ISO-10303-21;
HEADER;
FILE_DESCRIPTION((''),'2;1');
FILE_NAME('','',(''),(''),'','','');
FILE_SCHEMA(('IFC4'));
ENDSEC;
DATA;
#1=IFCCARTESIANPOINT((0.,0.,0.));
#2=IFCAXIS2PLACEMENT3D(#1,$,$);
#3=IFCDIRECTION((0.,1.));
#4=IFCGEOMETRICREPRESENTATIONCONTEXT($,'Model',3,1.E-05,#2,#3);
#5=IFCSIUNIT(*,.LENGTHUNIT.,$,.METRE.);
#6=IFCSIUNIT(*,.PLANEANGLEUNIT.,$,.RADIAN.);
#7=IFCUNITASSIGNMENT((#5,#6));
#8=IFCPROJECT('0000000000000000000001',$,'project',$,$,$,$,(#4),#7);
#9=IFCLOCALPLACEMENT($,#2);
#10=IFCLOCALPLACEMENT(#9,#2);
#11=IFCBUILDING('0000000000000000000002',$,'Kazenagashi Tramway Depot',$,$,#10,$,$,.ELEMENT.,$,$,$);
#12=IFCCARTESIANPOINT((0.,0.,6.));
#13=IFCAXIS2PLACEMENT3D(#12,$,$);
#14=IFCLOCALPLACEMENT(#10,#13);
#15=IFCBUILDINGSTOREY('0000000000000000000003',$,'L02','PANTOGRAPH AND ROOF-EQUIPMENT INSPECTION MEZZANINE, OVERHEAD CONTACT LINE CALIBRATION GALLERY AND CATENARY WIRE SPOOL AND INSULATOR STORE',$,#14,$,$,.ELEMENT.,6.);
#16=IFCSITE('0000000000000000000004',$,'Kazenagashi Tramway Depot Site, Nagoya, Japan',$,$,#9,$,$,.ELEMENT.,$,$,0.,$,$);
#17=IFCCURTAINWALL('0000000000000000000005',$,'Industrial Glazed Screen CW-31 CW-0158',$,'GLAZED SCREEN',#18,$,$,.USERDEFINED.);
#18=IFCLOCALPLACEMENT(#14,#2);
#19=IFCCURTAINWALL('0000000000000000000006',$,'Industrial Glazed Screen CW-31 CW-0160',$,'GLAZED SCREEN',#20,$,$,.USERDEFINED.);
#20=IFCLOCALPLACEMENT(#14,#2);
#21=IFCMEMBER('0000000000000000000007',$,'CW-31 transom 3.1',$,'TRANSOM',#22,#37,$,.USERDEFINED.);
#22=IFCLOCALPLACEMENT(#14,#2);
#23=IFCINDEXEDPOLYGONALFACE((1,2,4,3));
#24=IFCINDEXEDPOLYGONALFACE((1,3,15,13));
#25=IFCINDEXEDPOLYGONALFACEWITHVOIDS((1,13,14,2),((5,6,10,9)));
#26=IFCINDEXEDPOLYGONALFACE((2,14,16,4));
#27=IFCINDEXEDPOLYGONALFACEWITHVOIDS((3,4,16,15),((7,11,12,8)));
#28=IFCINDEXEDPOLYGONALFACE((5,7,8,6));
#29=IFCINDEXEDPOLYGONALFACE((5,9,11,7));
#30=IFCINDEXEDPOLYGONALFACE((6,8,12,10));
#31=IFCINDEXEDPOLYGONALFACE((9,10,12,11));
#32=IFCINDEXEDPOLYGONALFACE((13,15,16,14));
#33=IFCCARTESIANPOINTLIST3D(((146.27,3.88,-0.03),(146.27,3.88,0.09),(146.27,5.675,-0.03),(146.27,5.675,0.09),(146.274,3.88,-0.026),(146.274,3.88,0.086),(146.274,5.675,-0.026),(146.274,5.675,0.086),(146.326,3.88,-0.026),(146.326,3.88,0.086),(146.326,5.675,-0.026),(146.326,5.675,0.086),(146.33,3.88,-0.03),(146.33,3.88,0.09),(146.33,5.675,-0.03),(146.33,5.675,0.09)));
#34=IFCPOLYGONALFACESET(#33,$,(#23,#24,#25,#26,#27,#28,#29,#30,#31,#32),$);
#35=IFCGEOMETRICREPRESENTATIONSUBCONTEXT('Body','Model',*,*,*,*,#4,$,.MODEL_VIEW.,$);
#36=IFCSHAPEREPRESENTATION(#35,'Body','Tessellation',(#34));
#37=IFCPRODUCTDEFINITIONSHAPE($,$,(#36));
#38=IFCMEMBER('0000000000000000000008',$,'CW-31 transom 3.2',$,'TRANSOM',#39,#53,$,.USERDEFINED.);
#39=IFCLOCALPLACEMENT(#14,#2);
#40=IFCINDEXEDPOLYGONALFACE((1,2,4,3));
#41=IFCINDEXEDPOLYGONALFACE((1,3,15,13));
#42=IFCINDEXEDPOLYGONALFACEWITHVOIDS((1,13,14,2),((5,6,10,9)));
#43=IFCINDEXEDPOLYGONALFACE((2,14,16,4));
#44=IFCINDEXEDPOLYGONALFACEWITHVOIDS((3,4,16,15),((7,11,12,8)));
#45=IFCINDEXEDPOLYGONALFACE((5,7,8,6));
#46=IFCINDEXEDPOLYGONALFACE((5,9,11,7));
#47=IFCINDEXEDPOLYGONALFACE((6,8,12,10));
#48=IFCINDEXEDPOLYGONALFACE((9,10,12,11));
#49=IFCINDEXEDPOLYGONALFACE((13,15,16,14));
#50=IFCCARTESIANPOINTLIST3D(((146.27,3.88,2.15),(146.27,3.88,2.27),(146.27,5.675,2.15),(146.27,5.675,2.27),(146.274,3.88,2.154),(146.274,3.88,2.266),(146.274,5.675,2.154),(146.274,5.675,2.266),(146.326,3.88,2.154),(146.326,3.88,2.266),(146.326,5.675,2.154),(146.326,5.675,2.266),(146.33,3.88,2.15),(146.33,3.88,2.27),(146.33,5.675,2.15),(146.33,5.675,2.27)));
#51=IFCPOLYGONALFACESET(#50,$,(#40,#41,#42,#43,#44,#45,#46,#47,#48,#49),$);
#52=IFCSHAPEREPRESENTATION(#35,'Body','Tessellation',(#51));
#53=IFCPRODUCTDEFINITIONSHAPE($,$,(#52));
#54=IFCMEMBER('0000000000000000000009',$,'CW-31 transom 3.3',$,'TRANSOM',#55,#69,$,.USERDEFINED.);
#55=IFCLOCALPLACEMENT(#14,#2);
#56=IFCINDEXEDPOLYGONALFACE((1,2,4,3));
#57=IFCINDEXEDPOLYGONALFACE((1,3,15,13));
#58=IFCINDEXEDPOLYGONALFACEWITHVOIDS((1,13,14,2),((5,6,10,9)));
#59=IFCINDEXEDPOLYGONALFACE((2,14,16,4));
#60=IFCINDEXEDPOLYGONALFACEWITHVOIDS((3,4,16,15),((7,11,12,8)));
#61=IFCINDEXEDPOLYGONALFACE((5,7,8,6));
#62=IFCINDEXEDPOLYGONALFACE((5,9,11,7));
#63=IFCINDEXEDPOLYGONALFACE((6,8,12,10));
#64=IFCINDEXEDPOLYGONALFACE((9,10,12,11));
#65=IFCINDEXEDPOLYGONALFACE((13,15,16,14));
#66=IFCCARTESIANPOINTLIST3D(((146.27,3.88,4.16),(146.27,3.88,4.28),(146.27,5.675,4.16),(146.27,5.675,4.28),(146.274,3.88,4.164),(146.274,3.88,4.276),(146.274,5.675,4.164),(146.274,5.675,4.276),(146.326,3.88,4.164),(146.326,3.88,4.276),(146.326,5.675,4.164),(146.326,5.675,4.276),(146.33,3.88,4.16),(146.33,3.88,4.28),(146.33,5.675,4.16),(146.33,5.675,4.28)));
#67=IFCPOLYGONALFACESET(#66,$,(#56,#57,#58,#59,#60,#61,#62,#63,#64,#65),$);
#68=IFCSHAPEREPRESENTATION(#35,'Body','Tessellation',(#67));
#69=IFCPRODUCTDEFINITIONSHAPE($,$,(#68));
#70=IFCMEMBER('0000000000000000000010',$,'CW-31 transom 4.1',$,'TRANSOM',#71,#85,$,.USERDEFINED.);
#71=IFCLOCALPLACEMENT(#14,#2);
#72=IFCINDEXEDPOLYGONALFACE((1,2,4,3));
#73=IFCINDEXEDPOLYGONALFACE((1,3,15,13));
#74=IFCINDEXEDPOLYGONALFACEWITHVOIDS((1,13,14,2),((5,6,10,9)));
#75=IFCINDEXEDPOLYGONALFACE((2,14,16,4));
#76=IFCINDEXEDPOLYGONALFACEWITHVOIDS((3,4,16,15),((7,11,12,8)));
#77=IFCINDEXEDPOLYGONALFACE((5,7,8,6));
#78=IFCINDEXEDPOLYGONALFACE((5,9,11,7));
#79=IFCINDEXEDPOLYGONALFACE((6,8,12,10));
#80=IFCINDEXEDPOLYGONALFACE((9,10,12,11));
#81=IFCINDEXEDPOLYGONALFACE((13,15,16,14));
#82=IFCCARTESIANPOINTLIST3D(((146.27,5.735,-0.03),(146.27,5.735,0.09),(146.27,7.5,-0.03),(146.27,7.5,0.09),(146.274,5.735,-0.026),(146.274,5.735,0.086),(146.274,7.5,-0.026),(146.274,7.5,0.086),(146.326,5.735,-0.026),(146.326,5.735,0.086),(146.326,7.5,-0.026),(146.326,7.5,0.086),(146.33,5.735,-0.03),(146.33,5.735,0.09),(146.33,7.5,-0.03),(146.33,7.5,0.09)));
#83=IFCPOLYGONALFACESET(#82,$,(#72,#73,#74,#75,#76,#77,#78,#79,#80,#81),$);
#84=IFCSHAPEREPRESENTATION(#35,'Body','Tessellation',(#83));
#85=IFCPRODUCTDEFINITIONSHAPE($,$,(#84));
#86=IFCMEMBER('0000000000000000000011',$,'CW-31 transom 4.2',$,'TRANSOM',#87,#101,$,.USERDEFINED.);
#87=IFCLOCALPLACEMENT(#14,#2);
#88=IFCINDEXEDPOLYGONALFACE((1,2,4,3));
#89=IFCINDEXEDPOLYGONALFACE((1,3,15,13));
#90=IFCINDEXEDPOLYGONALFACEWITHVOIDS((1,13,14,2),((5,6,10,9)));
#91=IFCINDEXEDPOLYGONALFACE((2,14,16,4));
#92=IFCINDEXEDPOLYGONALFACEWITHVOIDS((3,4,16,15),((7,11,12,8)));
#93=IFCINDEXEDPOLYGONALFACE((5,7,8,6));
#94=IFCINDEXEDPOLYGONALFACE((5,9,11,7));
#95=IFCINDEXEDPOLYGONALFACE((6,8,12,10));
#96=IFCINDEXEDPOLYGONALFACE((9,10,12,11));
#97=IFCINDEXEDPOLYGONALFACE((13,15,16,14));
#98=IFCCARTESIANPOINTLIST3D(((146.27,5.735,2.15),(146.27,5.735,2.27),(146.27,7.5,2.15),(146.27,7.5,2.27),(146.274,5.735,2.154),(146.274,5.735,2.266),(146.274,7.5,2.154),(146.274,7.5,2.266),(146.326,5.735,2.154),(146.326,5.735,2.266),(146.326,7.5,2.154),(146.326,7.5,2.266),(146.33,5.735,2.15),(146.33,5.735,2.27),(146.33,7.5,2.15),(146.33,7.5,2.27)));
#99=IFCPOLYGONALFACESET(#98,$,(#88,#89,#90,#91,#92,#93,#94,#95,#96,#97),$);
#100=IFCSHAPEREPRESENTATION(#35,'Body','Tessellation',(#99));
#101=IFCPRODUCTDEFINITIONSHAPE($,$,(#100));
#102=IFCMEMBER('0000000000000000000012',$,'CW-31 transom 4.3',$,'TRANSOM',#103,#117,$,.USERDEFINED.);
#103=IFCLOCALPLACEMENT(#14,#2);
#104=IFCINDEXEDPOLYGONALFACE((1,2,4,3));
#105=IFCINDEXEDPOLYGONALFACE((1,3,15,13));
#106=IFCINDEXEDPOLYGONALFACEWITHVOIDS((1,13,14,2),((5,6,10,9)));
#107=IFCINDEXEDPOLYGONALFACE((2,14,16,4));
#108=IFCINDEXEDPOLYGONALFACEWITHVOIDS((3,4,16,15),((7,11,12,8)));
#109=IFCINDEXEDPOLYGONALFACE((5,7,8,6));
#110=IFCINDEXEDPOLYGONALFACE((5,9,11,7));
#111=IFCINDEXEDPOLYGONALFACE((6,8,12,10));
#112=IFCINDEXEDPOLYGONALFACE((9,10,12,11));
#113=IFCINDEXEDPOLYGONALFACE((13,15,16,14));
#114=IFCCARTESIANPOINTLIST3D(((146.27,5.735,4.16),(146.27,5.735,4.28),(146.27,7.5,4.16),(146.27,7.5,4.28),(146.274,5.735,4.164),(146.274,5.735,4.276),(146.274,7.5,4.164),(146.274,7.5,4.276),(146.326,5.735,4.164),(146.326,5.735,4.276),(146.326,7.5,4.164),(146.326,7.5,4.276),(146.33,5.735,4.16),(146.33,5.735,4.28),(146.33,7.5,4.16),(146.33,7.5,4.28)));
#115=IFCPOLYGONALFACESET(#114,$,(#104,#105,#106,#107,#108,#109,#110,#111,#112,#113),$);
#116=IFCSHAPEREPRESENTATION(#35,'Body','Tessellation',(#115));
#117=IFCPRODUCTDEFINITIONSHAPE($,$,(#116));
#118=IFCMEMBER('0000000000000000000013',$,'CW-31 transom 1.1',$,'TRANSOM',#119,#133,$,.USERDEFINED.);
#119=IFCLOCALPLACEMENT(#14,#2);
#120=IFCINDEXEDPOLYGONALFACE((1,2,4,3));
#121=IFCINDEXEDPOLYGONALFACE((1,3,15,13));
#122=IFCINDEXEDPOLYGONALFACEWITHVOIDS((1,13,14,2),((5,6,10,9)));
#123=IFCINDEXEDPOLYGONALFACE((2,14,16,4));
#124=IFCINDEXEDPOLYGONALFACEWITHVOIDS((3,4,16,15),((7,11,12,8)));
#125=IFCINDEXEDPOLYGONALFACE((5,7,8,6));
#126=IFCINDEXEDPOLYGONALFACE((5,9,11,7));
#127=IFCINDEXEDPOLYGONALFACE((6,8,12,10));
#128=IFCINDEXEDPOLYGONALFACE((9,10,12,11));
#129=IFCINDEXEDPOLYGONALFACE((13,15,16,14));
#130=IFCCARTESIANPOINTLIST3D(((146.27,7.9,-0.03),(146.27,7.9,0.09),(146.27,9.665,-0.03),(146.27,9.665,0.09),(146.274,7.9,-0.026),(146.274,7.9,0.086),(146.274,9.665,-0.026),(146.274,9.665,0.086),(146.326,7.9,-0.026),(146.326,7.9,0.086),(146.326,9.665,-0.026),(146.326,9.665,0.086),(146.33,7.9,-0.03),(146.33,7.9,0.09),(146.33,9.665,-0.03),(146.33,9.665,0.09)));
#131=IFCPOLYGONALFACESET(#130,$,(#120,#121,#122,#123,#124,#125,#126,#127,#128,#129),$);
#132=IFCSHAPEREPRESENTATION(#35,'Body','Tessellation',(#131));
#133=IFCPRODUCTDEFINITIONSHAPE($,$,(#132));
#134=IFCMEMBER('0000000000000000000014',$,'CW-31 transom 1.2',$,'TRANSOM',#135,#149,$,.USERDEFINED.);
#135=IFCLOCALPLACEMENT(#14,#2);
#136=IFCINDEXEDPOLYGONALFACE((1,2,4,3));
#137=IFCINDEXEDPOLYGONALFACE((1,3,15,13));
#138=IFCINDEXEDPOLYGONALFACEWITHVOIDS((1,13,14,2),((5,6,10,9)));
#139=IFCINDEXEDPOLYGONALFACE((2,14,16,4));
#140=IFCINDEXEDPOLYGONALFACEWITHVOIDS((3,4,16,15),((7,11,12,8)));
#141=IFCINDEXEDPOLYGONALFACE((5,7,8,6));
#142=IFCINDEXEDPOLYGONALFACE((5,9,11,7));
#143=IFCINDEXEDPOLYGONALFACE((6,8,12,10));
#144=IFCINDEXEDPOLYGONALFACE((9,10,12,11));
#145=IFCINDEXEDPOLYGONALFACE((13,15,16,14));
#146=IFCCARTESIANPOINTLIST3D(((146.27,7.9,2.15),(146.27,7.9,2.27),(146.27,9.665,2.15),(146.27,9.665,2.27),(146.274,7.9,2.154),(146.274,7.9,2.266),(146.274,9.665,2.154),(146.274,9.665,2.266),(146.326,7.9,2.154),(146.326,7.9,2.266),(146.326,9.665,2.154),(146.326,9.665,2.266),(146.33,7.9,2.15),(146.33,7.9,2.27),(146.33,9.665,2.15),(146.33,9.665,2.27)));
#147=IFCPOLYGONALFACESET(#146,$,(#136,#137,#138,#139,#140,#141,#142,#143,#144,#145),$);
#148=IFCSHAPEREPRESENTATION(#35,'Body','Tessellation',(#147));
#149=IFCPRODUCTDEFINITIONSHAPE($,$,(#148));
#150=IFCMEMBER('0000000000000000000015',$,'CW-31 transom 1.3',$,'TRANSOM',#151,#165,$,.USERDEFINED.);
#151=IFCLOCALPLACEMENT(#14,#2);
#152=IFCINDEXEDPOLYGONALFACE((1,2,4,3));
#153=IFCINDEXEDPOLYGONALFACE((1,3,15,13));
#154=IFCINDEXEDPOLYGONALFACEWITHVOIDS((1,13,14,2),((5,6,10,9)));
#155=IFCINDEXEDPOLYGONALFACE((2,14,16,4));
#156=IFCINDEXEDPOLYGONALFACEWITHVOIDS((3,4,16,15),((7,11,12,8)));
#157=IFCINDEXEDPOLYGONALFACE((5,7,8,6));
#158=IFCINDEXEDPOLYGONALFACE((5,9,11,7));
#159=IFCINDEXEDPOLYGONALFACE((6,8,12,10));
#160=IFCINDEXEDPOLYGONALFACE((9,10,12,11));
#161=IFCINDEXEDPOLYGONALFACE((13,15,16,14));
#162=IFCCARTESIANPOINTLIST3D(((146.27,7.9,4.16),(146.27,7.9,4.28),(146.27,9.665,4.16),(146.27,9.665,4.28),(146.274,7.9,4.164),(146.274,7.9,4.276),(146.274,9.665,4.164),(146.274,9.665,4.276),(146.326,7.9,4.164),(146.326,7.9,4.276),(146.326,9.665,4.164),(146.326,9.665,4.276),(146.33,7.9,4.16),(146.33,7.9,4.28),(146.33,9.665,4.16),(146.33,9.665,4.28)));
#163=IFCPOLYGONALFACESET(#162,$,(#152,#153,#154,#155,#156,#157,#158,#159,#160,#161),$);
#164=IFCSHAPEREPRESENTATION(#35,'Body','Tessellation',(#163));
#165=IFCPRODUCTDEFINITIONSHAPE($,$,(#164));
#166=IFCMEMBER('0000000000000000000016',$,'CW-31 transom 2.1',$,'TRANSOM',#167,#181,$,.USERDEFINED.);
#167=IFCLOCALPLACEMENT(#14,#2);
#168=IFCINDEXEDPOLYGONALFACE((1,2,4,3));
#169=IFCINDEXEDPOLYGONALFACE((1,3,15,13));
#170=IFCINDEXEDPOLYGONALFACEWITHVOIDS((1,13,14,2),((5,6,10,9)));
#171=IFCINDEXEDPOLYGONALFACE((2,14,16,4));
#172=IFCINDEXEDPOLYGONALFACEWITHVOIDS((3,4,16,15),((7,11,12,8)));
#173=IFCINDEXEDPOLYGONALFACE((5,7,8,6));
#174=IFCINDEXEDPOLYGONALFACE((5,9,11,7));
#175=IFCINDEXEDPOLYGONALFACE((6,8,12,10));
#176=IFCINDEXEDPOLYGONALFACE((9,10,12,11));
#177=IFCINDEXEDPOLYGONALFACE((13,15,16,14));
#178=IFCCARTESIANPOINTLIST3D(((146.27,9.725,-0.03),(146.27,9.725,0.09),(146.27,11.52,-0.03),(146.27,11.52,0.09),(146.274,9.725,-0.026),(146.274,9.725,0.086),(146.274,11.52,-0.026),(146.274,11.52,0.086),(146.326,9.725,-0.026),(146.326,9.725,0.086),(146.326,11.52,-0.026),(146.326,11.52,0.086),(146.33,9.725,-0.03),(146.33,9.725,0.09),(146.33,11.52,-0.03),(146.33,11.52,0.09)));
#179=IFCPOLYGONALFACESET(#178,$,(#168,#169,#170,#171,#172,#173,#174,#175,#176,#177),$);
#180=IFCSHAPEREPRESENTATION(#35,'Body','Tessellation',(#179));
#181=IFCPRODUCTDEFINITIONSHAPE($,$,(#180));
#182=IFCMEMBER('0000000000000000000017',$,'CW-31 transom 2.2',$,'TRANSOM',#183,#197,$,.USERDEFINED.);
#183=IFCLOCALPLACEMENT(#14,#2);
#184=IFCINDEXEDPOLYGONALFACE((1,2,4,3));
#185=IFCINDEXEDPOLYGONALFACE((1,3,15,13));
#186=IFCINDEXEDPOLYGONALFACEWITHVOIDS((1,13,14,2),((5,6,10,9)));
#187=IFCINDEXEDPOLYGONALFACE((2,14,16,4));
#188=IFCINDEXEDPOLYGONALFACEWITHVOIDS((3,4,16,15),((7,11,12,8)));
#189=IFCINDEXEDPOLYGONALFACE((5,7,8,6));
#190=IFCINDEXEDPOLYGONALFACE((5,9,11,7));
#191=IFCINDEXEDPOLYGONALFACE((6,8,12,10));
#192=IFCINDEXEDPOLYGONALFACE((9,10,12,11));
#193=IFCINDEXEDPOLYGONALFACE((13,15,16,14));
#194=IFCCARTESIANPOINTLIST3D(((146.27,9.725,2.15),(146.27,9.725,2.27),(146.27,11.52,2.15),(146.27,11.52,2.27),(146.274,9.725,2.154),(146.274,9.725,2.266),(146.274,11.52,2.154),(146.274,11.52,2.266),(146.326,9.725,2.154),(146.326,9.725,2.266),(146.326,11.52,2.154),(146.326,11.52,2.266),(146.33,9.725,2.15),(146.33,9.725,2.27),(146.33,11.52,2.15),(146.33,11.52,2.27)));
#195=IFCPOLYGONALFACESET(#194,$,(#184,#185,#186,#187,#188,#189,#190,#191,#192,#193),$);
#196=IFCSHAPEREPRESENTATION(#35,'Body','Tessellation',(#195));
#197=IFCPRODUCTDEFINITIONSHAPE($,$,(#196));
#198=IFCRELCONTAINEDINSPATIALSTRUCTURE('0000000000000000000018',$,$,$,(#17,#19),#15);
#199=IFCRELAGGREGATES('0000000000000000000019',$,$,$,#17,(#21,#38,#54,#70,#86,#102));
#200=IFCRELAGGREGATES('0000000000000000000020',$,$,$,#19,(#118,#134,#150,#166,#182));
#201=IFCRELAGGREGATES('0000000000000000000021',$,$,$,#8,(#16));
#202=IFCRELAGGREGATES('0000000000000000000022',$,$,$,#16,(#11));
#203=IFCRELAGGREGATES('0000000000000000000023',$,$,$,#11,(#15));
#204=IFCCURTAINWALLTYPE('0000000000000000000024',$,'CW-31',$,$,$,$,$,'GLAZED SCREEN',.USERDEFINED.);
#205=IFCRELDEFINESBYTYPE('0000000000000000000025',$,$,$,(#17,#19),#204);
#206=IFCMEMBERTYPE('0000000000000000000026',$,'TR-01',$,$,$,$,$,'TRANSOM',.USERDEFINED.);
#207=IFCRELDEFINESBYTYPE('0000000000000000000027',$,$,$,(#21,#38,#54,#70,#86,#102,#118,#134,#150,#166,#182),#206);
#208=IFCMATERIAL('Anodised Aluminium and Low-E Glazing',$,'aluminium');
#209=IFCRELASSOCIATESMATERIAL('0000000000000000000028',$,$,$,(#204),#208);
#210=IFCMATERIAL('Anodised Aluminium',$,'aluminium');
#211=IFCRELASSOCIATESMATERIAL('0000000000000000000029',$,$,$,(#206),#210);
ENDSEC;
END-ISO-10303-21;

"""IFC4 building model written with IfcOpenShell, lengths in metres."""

from ifc_helpers import new_model, si_unit, direction, frame, origin, origin_2d, place, context, subcontext, project, spatial, hollow_rectangle, extrude, material, material_profile, profile_set, type_object, element, aggregate, save


model = new_model("IFC4")

# Units and contexts
model_context = context("Model", 3, precision=1e-05, world=origin(), true_north=direction((0.0, 1.0)))
body_context = subcontext(model_context, "Body", "Model", "MODEL_VIEW")
ifc_project = project(units=[si_unit("LENGTHUNIT", "METRE"), si_unit("PLANEANGLEUNIT", "RADIAN")], contexts=[model_context])

# Site, building, storey
site_placement = place(None, origin())
site = spatial("IfcSite", under=ifc_project, at=site_placement, Name="Kazenagashi Tramway Depot Site, Nagoya, Japan", CompositionType="ELEMENT", RefElevation=0.0)
building_placement = place(site_placement, origin())
building = spatial("IfcBuilding", under=site, at=building_placement, Name="Kazenagashi Tramway Depot", CompositionType="ELEMENT")
storey_placement = place(building_placement, frame((0.0, 0.0, 6.0)))
storey = spatial("IfcBuildingStorey", under=building, at=storey_placement, Name="L02", Description="PANTOGRAPH AND ROOF-EQUIPMENT INSPECTION MEZZANINE, OVERHEAD CONTACT LINE CALIBRATION GALLERY AND CATENARY WIRE SPOOL AND INSULATOR STORE", CompositionType="ELEMENT", Elevation=6.0)

# Curtain walls
ifc_material_1 = material(Name="Anodised Aluminium and Low-E Glazing", Category="aluminium")
curtain_wall_type = type_object("IfcCurtainWallType", Name="CW-31", ElementType="GLAZED SCREEN", PredefinedType="USERDEFINED", material=ifc_material_1)
curtain_wall_1_placement = place(storey_placement, origin())
curtain_wall_1 = element("IfcCurtainWall", 1, at=curtain_wall_1_placement, inside=storey, type_object=curtain_wall_type, Name="Industrial Glazed Screen CW-31 CW-0158", ObjectType="GLAZED SCREEN", PredefinedType="USERDEFINED")
ifc_material_2 = material(Name="Anodised Aluminium", Category="aluminium")
curtain_wall_2_placement = place(storey_placement, origin())
curtain_wall_2 = element("IfcCurtainWall", 2, at=curtain_wall_2_placement, inside=storey, type_object=curtain_wall_type, Name="Industrial Glazed Screen CW-31 CW-0160", ObjectType="GLAZED SCREEN", PredefinedType="USERDEFINED")

# Members
ifc_material_profile_1 = material_profile(ifc_material_2, hollow_rectangle(XDim=0.06, YDim=0.12, WallThickness=0.004, at=origin_2d()), Name="RHS-120x60x4")
ifc_profile_set_1 = profile_set([ifc_material_profile_1], Name="Anodised Aluminium")
member_type_1 = type_object("IfcMemberType", Name="TR-01", ElementType="TRANSOM", PredefinedType="USERDEFINED", material=ifc_profile_set_1)
member_1_placement = place(storey_placement, frame((146.3, 3.88, 0.03), z_axis=(0.0, 1.0, 0.0), x_axis=(-1.0, 0.0, 0.0)))
member_1 = element("IfcMember", 3, at=member_1_placement, type_object=member_type_1, Name="CW-31 transom 3.1", ObjectType="TRANSOM", PredefinedType="USERDEFINED", context=body_context, shape_type="SweptSolid", body=[
    extrude(hollow_rectangle(XDim=0.06, YDim=0.12, WallThickness=0.004, at=origin_2d()), origin(), (0.0, 0.0, 1.0), 1.795),
])
member_2_placement = place(storey_placement, frame((146.3, 3.88, 2.21), z_axis=(0.0, 1.0, 0.0), x_axis=(-1.0, 0.0, 0.0)))
member_2 = element("IfcMember", 4, at=member_2_placement, type_object=member_type_1, Name="CW-31 transom 3.2", ObjectType="TRANSOM", PredefinedType="USERDEFINED", context=body_context, shape_type="SweptSolid", body=[
    extrude(hollow_rectangle(XDim=0.06, YDim=0.12, WallThickness=0.004, at=origin_2d()), origin(), (0.0, 0.0, 1.0), 1.795),
])
member_3_placement = place(storey_placement, frame((146.3, 3.88, 4.22), z_axis=(0.0, 1.0, 0.0), x_axis=(-1.0, 0.0, 0.0)))
member_3 = element("IfcMember", 5, at=member_3_placement, type_object=member_type_1, Name="CW-31 transom 3.3", ObjectType="TRANSOM", PredefinedType="USERDEFINED", context=body_context, shape_type="SweptSolid", body=[
    extrude(hollow_rectangle(XDim=0.06, YDim=0.12, WallThickness=0.004, at=origin_2d()), origin(), (0.0, 0.0, 1.0), 1.795),
])
member_4_placement = place(storey_placement, frame((146.3, 5.735, 0.03), z_axis=(0.0, 1.0, 0.0), x_axis=(-1.0, 0.0, 0.0)))
member_4 = element("IfcMember", 6, at=member_4_placement, type_object=member_type_1, Name="CW-31 transom 4.1", ObjectType="TRANSOM", PredefinedType="USERDEFINED", context=body_context, shape_type="SweptSolid", body=[
    extrude(hollow_rectangle(XDim=0.06, YDim=0.12, WallThickness=0.004, at=origin_2d()), origin(), (0.0, 0.0, 1.0), 1.765),
])
member_5_placement = place(storey_placement, frame((146.3, 5.735, 2.21), z_axis=(0.0, 1.0, 0.0), x_axis=(-1.0, 0.0, 0.0)))
member_5 = element("IfcMember", 7, at=member_5_placement, type_object=member_type_1, Name="CW-31 transom 4.2", ObjectType="TRANSOM", PredefinedType="USERDEFINED", context=body_context, shape_type="SweptSolid", body=[
    extrude(hollow_rectangle(XDim=0.06, YDim=0.12, WallThickness=0.004, at=origin_2d()), origin(), (0.0, 0.0, 1.0), 1.765),
])
member_6_placement = place(storey_placement, frame((146.3, 5.735, 4.22), z_axis=(0.0, 1.0, 0.0), x_axis=(-1.0, 0.0, 0.0)))
member_6 = element("IfcMember", 8, at=member_6_placement, type_object=member_type_1, Name="CW-31 transom 4.3", ObjectType="TRANSOM", PredefinedType="USERDEFINED", context=body_context, shape_type="SweptSolid", body=[
    extrude(hollow_rectangle(XDim=0.06, YDim=0.12, WallThickness=0.004, at=origin_2d()), origin(), (0.0, 0.0, 1.0), 1.765),
])
member_7_placement = place(storey_placement, frame((146.3, 7.9, 0.03), z_axis=(0.0, 1.0, 0.0), x_axis=(-1.0, 0.0, 0.0)))
member_7 = element("IfcMember", 9, at=member_7_placement, type_object=member_type_1, Name="CW-31 transom 1.1", ObjectType="TRANSOM", PredefinedType="USERDEFINED", context=body_context, shape_type="SweptSolid", body=[
    extrude(hollow_rectangle(XDim=0.06, YDim=0.12, WallThickness=0.004, at=origin_2d()), origin(), (0.0, 0.0, 1.0), 1.765),
])
member_8_placement = place(storey_placement, frame((146.3, 7.9, 2.21), z_axis=(0.0, 1.0, 0.0), x_axis=(-1.0, 0.0, 0.0)))
member_8 = element("IfcMember", 10, at=member_8_placement, type_object=member_type_1, Name="CW-31 transom 1.2", ObjectType="TRANSOM", PredefinedType="USERDEFINED", context=body_context, shape_type="SweptSolid", body=[
    extrude(hollow_rectangle(XDim=0.06, YDim=0.12, WallThickness=0.004, at=origin_2d()), origin(), (0.0, 0.0, 1.0), 1.765),
])
member_9_placement = place(storey_placement, frame((146.3, 7.9, 4.22), z_axis=(0.0, 1.0, 0.0), x_axis=(-1.0, 0.0, 0.0)))
member_9 = element("IfcMember", 11, at=member_9_placement, type_object=member_type_1, Name="CW-31 transom 1.3", ObjectType="TRANSOM", PredefinedType="USERDEFINED", context=body_context, shape_type="SweptSolid", body=[
    extrude(hollow_rectangle(XDim=0.06, YDim=0.12, WallThickness=0.004, at=origin_2d()), origin(), (0.0, 0.0, 1.0), 1.765),
])
member_10_placement = place(storey_placement, frame((146.3, 9.725, 0.03), z_axis=(0.0, 1.0, 0.0), x_axis=(-1.0, 0.0, 0.0)))
member_10 = element("IfcMember", 12, at=member_10_placement, type_object=member_type_1, Name="CW-31 transom 2.1", ObjectType="TRANSOM", PredefinedType="USERDEFINED", context=body_context, shape_type="SweptSolid", body=[
    extrude(hollow_rectangle(XDim=0.06, YDim=0.12, WallThickness=0.004, at=origin_2d()), origin(), (0.0, 0.0, 1.0), 1.795),
])
member_11_placement = place(storey_placement, frame((146.3, 9.725, 2.21), z_axis=(0.0, 1.0, 0.0), x_axis=(-1.0, 0.0, 0.0)))
member_11 = element("IfcMember", 13, at=member_11_placement, type_object=member_type_1, Name="CW-31 transom 2.2", ObjectType="TRANSOM", PredefinedType="USERDEFINED", context=body_context, shape_type="SweptSolid", body=[
    extrude(hollow_rectangle(XDim=0.06, YDim=0.12, WallThickness=0.004, at=origin_2d()), origin(), (0.0, 0.0, 1.0), 1.795),
])

aggregate(curtain_wall_1, [member_1, member_2, member_3, member_4, member_5, member_6])
aggregate(curtain_wall_2, [member_7, member_8, member_9, member_10, member_11])

save(model, "model.ifc")
